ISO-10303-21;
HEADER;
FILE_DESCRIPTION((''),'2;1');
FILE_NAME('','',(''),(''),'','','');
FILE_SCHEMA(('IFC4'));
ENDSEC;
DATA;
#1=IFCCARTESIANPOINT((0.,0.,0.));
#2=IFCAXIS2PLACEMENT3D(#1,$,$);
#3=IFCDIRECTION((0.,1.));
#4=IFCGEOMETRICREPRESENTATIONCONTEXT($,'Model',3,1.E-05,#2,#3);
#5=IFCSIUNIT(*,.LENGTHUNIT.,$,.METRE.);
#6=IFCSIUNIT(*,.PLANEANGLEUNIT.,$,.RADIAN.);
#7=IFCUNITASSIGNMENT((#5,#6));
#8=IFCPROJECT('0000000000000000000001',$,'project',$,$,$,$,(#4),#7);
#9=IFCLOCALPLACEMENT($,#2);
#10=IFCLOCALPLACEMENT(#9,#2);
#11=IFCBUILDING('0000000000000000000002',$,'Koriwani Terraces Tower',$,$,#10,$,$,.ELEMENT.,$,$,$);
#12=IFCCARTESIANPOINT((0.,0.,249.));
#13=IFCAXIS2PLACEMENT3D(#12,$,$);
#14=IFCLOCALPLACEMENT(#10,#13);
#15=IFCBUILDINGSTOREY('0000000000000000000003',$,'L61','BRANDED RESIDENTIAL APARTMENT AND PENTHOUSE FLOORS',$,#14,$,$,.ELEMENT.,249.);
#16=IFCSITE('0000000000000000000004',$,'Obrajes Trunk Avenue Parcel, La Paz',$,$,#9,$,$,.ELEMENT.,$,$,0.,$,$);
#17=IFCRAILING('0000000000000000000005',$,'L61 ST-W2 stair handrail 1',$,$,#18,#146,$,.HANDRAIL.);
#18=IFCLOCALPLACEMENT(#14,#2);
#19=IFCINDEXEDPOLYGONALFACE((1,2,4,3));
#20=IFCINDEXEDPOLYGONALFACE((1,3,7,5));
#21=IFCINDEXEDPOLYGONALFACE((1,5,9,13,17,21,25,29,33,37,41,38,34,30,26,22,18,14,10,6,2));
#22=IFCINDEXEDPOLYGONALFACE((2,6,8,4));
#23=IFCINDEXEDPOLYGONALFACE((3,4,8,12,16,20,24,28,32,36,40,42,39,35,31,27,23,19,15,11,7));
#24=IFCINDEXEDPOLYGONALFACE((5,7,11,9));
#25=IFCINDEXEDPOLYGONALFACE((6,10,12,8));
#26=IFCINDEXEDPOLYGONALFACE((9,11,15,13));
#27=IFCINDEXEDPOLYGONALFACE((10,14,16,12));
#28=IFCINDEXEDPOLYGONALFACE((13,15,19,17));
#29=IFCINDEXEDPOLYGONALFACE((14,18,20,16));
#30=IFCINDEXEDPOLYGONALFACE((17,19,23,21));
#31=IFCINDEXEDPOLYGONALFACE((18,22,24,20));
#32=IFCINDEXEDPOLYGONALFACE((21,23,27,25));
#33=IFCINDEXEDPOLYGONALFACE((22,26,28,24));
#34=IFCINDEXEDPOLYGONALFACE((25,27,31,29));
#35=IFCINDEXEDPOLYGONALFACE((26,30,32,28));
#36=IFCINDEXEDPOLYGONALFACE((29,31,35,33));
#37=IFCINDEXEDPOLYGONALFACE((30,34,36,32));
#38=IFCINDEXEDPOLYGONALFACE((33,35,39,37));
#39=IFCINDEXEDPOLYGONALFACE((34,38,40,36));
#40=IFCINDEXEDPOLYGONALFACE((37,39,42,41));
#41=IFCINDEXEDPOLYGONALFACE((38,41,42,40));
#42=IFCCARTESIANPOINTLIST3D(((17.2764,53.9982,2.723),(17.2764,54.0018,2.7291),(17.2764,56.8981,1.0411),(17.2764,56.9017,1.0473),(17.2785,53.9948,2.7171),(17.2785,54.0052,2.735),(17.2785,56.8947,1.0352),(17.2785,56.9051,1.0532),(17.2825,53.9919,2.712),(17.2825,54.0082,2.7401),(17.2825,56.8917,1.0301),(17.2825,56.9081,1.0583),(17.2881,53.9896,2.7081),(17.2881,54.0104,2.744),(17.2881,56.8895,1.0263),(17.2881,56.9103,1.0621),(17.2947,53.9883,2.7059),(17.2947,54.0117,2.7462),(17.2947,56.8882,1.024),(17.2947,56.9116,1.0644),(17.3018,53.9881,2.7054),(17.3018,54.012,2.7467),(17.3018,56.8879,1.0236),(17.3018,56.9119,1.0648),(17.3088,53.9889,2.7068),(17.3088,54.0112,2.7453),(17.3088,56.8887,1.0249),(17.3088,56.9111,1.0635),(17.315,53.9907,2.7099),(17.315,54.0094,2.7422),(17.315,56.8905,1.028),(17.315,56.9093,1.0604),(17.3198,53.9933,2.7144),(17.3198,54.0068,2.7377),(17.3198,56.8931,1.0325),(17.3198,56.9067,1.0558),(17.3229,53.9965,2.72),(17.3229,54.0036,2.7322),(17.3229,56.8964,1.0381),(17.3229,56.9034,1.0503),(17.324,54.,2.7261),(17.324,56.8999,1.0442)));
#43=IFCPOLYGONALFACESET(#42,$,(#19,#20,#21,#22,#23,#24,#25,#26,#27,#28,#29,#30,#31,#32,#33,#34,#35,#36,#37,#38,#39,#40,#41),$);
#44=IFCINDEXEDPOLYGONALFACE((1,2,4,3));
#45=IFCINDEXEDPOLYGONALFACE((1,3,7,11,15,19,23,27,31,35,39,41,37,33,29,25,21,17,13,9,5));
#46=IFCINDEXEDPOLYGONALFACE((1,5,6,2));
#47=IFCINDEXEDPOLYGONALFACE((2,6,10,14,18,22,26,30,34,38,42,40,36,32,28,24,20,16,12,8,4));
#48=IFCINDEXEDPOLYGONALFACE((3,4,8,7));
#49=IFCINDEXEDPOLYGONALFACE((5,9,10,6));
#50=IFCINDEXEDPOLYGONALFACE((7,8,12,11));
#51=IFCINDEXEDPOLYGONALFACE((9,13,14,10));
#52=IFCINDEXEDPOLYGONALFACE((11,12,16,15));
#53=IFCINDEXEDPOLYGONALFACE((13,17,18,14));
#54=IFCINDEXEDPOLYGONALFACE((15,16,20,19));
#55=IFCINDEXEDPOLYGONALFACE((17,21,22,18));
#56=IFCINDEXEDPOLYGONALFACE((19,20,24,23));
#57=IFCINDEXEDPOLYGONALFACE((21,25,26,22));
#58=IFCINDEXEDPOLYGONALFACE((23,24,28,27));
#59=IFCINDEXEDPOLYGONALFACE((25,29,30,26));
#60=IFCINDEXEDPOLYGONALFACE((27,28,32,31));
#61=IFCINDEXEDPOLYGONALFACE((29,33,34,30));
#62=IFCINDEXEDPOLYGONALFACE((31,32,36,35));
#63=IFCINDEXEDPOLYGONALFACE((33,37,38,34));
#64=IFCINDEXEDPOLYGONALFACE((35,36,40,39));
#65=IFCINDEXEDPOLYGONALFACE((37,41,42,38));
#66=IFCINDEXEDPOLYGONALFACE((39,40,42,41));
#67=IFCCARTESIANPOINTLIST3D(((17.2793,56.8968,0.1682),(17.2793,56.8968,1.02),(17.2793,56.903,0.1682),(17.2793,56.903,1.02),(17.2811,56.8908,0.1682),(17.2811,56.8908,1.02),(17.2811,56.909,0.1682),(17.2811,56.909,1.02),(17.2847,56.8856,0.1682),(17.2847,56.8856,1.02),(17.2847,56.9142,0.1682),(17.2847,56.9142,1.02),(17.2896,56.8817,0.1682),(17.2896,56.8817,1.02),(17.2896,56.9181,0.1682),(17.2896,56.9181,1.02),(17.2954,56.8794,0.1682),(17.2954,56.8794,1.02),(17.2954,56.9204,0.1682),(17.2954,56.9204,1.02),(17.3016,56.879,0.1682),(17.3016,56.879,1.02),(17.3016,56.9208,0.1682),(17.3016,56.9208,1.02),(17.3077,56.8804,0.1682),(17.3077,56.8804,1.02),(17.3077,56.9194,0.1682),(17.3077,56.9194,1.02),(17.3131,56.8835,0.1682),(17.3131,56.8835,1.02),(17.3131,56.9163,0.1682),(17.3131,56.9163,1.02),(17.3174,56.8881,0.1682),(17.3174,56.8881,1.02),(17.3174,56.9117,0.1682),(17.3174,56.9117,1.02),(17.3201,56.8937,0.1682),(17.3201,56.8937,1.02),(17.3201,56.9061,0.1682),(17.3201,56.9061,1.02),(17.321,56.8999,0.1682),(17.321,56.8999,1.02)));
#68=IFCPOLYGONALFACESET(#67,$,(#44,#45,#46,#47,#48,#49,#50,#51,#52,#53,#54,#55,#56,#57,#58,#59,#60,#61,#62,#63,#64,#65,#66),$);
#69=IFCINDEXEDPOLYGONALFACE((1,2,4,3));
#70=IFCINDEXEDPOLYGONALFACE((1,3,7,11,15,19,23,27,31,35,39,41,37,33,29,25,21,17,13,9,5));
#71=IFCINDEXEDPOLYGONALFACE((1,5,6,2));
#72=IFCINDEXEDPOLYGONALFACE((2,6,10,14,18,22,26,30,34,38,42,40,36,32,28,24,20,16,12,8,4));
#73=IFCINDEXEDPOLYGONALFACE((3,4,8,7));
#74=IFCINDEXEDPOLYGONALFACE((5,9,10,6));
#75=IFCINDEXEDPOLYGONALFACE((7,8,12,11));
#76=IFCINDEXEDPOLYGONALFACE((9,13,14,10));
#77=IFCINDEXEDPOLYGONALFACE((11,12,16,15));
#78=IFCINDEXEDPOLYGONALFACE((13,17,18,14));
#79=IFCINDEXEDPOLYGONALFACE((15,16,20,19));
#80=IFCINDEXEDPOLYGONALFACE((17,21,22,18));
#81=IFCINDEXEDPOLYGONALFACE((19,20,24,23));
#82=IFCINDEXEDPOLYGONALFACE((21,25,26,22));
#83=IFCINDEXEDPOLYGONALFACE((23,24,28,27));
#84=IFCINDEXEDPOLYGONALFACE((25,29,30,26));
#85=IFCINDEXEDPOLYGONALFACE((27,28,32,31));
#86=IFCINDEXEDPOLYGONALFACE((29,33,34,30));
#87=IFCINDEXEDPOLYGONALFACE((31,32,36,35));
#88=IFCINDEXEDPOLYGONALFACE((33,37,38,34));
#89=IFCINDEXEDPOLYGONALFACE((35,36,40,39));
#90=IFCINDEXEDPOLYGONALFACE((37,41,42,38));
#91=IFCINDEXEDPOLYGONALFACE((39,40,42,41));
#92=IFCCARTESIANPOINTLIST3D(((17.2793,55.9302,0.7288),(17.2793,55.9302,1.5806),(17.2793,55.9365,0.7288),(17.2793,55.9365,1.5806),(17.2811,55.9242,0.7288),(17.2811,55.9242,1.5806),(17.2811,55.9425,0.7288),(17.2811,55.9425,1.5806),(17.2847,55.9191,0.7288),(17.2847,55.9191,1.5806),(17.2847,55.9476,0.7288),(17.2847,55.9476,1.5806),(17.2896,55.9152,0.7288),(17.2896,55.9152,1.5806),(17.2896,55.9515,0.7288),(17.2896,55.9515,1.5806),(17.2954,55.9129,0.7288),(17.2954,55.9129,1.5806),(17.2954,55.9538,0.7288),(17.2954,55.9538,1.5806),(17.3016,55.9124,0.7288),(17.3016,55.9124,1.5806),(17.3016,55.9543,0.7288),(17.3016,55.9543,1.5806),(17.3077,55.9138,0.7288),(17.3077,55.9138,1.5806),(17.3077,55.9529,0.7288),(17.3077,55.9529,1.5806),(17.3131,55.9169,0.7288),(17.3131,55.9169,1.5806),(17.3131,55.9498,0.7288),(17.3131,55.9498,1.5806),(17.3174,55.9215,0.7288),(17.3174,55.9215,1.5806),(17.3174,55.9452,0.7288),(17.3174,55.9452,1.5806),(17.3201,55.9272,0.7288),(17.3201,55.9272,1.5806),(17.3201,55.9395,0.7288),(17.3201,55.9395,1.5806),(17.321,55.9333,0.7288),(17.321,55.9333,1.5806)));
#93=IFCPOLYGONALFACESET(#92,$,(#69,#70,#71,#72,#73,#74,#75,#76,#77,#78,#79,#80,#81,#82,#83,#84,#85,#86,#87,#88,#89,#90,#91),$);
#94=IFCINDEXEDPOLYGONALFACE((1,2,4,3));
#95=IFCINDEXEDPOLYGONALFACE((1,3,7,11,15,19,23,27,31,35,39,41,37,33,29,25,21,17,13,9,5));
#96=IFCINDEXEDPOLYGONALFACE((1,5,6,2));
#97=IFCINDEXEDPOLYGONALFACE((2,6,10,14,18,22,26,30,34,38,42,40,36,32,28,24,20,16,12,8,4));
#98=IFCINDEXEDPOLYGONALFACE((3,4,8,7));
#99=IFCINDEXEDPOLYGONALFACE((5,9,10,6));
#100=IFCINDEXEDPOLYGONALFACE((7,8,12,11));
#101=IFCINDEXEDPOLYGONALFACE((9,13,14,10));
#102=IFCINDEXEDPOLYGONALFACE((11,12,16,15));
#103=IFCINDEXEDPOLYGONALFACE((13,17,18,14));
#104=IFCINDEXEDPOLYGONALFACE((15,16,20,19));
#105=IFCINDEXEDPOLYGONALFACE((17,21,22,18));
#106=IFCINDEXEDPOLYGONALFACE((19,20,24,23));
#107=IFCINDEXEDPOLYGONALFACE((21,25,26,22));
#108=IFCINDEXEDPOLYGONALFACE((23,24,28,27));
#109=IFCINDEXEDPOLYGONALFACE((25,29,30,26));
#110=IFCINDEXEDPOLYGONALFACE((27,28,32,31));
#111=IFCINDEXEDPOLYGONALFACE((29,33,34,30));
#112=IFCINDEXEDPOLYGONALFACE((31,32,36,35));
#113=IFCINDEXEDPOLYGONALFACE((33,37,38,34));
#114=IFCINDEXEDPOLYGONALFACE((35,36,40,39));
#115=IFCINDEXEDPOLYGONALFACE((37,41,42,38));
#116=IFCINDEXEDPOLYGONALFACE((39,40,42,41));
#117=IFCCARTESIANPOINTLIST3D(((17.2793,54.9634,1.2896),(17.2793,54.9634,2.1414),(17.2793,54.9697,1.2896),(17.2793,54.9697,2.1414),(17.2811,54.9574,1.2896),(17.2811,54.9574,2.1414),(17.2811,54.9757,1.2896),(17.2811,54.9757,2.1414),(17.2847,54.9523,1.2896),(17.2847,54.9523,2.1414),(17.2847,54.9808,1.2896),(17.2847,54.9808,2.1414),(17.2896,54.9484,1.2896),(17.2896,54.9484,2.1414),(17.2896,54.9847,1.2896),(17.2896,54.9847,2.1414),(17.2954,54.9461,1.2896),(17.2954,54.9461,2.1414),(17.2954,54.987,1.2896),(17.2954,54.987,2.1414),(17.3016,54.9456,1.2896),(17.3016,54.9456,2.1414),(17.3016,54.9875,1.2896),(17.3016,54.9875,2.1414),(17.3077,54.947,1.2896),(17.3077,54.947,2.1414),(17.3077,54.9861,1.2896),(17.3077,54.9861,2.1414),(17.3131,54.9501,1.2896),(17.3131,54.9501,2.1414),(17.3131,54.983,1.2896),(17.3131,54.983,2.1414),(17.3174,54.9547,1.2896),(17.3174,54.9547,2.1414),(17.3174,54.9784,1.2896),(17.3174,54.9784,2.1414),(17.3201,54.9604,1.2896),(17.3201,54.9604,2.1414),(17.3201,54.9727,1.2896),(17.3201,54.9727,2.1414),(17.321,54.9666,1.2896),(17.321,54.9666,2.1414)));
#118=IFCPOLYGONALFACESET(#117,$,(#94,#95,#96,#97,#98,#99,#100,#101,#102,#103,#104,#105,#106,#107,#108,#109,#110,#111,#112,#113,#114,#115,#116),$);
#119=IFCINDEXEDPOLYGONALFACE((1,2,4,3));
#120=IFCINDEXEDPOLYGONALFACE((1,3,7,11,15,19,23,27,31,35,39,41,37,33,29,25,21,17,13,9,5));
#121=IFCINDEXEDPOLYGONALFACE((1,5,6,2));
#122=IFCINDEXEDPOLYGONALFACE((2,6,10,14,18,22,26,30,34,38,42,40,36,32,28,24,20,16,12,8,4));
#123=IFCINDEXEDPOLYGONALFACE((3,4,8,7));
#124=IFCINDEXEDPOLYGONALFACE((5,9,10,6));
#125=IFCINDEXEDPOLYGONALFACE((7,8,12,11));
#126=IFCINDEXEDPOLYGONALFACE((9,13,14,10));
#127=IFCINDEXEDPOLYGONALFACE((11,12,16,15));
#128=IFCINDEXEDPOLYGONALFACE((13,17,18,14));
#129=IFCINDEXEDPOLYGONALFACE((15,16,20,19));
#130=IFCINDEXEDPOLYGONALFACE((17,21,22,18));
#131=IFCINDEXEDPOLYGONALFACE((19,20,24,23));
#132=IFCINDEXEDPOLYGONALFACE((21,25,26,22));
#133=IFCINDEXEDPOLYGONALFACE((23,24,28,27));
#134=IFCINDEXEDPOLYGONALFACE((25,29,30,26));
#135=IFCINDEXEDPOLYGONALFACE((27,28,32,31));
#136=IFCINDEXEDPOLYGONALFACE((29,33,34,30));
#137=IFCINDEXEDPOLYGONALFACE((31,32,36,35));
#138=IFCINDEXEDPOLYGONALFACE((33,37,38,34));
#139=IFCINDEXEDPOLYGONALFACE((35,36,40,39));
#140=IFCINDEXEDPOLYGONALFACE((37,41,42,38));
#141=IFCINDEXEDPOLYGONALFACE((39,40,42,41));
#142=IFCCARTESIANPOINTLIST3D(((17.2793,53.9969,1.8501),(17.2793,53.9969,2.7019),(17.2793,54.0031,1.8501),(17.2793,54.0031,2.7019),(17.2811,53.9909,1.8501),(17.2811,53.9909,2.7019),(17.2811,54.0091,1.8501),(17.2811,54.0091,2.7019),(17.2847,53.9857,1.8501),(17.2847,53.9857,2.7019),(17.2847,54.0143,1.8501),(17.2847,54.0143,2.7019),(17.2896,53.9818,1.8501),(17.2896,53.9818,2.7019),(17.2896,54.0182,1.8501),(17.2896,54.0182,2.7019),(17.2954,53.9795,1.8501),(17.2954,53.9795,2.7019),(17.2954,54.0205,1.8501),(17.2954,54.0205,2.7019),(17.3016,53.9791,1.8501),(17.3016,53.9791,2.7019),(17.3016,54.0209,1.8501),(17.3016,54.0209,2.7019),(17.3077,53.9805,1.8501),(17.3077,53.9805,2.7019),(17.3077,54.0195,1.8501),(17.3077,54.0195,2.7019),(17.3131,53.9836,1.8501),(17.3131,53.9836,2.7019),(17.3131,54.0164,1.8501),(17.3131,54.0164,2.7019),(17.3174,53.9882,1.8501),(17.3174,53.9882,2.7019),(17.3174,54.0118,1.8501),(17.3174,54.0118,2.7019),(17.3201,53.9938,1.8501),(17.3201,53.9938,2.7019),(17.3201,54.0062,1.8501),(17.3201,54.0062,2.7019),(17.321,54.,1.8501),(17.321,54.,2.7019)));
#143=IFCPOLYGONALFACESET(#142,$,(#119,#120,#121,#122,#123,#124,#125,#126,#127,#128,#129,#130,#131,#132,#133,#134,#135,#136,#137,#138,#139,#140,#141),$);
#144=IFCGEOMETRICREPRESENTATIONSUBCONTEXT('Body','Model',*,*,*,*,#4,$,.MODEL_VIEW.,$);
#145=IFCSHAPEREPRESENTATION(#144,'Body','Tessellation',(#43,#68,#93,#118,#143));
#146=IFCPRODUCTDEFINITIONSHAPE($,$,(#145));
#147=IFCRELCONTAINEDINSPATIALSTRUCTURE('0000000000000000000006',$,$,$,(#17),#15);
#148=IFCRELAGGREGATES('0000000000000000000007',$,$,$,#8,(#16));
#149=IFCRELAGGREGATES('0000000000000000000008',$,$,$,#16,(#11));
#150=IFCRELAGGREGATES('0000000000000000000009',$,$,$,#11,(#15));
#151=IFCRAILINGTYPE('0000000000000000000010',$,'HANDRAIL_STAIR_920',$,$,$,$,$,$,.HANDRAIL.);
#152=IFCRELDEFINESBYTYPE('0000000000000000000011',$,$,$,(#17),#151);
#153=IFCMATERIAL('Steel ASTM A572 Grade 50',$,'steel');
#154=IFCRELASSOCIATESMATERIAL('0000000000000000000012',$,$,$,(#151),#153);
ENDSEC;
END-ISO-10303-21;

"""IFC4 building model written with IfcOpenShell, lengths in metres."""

from ifc_helpers import new_model, si_unit, direction, frame, origin, origin_2d, place, context, subcontext, project, spatial, circle, extrude, material, type_object, element, save


model = new_model("IFC4")

# Units and contexts
model_context = context("Model", 3, precision=1e-05, world=origin(), true_north=direction((0.0, 1.0)))
body_context = subcontext(model_context, "Body", "Model", "MODEL_VIEW")
ifc_project = project(units=[si_unit("LENGTHUNIT", "METRE"), si_unit("PLANEANGLEUNIT", "RADIAN")], contexts=[model_context])

# Site, building, storey
site_placement = place(None, origin())
site = spatial("IfcSite", under=ifc_project, at=site_placement, Name="Obrajes Trunk Avenue Parcel, La Paz", CompositionType="ELEMENT", RefElevation=0.0)
building_placement = place(site_placement, origin())
building = spatial("IfcBuilding", under=site, at=building_placement, Name="Koriwani Terraces Tower", CompositionType="ELEMENT")
storey_placement = place(building_placement, frame((0.0, 0.0, 249.0)))
storey = spatial("IfcBuildingStorey", under=building, at=storey_placement, Name="L61", Description="BRANDED RESIDENTIAL APARTMENT AND PENTHOUSE FLOORS", CompositionType="ELEMENT", Elevation=249.0)

# Shared definitions
ifc_material_1 = material(Name="Steel ASTM A572 Grade 50", Category="steel")

# Railing
railing_type_1 = type_object("IfcRailingType", Name="HANDRAIL_STAIR_920", PredefinedType="HANDRAIL", material=ifc_material_1)
railing_1_placement = place(storey_placement, frame((17.3, 56.8999, 0.1682)))
element("IfcRailing", 1, at=railing_1_placement, inside=storey, type_object=railing_type_1, Name="L61 ST-W2 stair handrail 1", PredefinedType="HANDRAIL", context=body_context, shape_type="SweptSolid", body=[
    extrude(circle(Radius=0.0239, at=origin_2d()), frame((0.0, 0.0, 0.876), z_axis=(0.0, -0.865039, 0.501705), x_axis=(1.0, 0.0, 0.0)), (0.0, 0.0, 1.0), 3.3523),
    extrude(circle(Radius=0.021, at=origin_2d()), origin(), (0.0, 0.0, 1.0), 0.8518),
    extrude(circle(Radius=0.021, at=origin_2d()), frame((0.0, -0.9666, 0.5605)), (0.0, 0.0, 1.0), 0.8518),
    extrude(circle(Radius=0.021, at=origin_2d()), frame((0.0, -1.9333, 1.1213)), (0.0, 0.0, 1.0), 0.8518),
    extrude(circle(Radius=0.021, at=origin_2d()), frame((0.0, -2.8999, 1.6819)), (0.0, 0.0, 1.0), 0.8518),
])

save(model, "model.ifc")
